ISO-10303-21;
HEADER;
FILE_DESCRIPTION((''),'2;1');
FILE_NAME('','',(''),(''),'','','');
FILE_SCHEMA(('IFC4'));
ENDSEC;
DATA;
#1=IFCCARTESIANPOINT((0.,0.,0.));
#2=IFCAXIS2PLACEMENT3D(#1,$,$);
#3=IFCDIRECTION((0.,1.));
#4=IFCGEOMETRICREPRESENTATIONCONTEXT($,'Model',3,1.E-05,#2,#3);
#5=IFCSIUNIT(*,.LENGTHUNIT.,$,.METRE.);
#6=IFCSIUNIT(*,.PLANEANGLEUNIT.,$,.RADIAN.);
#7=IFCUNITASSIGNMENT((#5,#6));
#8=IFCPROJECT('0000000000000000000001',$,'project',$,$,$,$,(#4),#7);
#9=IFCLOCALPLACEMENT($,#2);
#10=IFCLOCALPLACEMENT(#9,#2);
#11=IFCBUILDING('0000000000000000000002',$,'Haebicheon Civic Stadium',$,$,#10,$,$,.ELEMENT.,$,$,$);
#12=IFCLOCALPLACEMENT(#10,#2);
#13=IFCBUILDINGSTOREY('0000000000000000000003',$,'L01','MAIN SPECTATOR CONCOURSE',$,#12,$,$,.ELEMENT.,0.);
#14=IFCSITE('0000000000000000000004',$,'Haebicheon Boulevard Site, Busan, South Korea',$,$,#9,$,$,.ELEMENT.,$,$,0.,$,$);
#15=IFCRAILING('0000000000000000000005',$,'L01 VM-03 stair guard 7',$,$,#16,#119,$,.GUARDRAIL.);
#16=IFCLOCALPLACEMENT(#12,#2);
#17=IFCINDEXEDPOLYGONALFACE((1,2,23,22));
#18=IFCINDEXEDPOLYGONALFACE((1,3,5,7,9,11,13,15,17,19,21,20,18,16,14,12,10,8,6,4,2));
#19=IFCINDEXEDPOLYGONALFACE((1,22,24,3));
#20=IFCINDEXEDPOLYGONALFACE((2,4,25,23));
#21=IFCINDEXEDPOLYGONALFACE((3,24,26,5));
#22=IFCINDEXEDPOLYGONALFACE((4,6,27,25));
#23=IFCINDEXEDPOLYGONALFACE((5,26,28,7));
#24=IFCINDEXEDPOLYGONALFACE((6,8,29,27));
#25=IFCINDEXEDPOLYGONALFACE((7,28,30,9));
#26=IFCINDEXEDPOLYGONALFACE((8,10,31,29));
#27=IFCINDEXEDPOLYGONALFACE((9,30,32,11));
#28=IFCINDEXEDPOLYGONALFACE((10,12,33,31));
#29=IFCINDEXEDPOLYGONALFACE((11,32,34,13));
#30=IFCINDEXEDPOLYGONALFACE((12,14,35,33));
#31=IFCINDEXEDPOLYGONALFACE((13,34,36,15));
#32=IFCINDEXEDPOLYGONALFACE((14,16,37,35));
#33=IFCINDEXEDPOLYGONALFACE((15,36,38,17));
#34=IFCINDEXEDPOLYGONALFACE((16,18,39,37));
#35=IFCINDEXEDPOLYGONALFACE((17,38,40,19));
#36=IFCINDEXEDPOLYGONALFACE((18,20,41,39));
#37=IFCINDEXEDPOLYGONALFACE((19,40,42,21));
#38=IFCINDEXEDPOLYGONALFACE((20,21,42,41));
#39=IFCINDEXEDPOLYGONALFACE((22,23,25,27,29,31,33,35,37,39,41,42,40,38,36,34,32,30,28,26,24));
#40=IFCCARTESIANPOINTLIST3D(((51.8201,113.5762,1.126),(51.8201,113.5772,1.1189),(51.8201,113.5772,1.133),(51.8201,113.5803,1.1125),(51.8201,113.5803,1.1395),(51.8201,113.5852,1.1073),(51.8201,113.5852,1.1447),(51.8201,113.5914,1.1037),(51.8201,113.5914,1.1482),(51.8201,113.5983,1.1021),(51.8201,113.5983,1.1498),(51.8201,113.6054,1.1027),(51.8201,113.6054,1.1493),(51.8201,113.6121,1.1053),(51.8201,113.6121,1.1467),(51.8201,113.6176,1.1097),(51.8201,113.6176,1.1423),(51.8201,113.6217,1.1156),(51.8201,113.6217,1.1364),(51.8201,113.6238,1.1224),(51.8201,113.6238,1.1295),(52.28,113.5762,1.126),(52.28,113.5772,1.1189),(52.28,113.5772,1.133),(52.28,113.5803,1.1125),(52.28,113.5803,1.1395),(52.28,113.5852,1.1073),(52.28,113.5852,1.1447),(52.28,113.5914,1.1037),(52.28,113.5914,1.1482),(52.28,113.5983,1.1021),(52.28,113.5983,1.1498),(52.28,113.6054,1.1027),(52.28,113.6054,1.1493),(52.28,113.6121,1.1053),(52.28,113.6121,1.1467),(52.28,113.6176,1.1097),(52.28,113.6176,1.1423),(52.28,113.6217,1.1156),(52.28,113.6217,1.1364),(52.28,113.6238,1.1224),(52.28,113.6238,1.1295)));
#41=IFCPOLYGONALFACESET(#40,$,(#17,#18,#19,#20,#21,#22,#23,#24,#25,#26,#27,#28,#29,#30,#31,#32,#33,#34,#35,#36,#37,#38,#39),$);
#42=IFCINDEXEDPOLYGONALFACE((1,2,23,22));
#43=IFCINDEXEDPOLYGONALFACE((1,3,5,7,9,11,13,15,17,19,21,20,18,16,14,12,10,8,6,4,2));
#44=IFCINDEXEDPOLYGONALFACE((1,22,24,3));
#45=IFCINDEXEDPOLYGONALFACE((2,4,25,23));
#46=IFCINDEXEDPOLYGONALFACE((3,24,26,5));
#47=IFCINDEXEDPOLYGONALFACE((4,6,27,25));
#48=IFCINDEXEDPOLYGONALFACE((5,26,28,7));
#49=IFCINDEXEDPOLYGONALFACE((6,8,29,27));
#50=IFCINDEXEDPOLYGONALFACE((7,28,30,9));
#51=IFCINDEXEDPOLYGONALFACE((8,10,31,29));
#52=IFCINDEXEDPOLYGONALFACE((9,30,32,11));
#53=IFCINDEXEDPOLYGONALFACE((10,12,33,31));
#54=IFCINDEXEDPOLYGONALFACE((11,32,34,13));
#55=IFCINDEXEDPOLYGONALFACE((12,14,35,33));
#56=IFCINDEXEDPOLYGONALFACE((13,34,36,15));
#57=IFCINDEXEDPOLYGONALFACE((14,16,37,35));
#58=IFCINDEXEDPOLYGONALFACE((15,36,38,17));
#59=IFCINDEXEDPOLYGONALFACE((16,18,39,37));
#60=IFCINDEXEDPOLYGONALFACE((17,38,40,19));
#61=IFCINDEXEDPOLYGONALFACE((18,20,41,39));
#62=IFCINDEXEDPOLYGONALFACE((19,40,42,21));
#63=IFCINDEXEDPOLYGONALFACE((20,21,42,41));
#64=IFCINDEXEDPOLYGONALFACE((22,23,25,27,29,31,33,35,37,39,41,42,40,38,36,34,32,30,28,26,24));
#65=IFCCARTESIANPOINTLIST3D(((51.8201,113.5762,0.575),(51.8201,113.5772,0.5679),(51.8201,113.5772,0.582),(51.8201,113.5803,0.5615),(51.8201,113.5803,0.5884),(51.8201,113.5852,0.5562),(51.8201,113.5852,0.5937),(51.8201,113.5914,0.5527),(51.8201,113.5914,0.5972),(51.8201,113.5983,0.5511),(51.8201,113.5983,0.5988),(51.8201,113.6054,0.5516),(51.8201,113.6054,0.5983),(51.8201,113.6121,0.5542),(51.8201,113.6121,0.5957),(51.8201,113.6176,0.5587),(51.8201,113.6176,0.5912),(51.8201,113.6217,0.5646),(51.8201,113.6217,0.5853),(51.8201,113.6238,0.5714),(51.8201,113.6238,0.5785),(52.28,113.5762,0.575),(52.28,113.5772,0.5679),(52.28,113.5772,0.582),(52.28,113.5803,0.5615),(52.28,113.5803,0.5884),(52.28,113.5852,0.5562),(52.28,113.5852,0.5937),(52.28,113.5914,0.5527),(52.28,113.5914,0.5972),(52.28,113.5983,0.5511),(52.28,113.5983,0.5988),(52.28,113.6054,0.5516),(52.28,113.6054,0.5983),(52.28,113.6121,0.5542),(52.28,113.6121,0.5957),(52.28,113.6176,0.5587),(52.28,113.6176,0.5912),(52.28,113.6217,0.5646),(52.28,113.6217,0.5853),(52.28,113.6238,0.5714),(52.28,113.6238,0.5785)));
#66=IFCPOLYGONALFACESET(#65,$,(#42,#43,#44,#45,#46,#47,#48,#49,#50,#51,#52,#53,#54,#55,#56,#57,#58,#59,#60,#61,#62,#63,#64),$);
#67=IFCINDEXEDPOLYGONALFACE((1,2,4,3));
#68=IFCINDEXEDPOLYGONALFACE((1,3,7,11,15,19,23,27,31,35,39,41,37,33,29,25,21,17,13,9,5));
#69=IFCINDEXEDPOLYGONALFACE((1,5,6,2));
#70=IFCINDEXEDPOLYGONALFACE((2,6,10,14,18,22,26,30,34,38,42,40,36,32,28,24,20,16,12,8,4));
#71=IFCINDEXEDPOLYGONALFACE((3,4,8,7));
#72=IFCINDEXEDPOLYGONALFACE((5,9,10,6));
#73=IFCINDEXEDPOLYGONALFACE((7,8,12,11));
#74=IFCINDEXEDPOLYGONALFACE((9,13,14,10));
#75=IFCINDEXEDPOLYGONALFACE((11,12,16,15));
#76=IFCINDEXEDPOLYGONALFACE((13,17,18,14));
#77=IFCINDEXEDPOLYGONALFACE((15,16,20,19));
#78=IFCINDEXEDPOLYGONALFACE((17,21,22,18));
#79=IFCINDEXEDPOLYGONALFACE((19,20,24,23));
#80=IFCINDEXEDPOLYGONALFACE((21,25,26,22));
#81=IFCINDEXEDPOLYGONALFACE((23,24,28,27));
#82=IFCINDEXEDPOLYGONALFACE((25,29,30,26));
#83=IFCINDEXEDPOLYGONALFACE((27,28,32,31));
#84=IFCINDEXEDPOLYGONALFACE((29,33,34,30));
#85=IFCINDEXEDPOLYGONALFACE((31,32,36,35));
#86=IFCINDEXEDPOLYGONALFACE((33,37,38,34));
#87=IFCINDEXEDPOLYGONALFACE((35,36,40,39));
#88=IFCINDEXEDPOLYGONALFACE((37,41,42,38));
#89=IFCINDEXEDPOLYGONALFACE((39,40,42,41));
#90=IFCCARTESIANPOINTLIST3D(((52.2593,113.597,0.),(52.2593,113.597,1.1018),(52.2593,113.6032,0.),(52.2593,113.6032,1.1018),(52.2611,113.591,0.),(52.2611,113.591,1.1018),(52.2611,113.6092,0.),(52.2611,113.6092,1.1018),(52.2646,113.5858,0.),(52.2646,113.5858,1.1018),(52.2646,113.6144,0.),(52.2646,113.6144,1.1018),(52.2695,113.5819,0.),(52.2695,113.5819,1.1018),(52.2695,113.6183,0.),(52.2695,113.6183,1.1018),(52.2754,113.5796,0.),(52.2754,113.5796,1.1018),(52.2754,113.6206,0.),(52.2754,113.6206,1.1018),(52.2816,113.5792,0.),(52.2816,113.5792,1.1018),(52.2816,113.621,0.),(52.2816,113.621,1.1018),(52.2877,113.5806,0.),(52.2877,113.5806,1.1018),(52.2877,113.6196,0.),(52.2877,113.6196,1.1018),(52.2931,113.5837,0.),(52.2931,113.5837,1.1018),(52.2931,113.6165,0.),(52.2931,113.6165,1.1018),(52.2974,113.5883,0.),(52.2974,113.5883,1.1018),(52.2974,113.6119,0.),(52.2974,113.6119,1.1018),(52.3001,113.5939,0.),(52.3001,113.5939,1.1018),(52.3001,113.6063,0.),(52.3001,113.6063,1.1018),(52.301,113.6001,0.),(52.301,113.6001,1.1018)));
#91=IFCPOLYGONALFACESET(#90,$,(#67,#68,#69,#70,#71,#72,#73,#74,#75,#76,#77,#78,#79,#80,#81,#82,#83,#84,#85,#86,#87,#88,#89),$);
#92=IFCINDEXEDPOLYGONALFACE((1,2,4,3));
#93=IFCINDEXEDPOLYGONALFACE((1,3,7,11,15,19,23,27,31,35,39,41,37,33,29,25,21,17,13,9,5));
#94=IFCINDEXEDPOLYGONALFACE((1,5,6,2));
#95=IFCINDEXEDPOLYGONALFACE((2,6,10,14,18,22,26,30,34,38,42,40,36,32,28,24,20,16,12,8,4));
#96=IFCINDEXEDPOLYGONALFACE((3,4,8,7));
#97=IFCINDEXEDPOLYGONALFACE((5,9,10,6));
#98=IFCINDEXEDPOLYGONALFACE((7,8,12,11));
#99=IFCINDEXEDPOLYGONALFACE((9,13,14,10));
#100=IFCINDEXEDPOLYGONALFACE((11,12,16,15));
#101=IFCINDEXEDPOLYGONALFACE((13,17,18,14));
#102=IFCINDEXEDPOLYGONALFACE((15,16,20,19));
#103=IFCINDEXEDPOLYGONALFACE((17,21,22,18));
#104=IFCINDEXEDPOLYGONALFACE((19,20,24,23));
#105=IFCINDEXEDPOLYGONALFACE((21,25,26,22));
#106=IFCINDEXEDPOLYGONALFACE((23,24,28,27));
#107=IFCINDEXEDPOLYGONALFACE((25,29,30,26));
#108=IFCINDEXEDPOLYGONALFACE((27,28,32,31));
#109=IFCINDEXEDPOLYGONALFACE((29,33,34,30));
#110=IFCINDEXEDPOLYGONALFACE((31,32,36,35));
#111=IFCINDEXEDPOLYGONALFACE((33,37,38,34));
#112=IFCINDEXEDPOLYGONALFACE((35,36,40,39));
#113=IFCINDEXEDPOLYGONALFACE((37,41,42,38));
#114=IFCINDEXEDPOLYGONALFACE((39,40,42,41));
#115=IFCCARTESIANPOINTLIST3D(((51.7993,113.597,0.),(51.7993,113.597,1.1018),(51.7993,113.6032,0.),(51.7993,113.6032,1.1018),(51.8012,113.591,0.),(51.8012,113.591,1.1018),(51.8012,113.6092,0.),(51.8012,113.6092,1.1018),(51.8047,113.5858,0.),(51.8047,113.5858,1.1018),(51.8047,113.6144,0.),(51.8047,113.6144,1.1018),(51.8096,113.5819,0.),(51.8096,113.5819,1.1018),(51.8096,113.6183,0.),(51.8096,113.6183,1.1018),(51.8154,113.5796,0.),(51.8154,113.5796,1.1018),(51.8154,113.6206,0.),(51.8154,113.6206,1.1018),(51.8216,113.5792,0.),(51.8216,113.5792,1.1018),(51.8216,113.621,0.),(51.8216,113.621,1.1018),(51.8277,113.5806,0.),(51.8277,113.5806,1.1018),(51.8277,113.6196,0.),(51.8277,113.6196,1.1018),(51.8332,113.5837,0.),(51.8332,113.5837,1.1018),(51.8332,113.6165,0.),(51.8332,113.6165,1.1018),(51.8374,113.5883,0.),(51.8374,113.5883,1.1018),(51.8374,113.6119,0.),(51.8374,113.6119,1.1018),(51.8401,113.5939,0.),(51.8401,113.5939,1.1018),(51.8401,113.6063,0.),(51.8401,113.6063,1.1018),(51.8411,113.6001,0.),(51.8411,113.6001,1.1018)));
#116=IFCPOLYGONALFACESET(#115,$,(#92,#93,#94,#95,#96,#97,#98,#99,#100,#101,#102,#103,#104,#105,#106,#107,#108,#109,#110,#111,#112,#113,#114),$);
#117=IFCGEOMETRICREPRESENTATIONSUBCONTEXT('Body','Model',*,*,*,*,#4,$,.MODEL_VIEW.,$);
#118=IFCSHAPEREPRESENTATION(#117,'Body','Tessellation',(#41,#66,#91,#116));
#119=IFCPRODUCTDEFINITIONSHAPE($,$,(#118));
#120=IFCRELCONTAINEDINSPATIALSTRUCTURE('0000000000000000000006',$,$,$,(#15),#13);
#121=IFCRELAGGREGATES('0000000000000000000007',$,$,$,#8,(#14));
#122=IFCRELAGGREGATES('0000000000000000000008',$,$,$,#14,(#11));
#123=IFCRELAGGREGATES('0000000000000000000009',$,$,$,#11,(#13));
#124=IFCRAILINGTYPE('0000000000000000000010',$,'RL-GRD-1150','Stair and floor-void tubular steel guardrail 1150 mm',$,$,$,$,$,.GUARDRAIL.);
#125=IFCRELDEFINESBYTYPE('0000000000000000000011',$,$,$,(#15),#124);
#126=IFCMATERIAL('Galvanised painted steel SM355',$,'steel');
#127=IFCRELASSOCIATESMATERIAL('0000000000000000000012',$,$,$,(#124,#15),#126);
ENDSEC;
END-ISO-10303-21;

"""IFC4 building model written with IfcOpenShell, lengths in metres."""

from ifc_helpers import new_model, si_unit, direction, frame, origin, origin_2d, place, context, subcontext, project, spatial, circle, extrude, material, type_object, element, save


model = new_model("IFC4")

# Units and contexts
model_context = context("Model", 3, precision=1e-05, world=origin(), true_north=direction((0.0, 1.0)))
body_context = subcontext(model_context, "Body", "Model", "MODEL_VIEW")
ifc_project = project(units=[si_unit("LENGTHUNIT", "METRE"), si_unit("PLANEANGLEUNIT", "RADIAN")], contexts=[model_context])

# Site, building, storey
site_placement = place(None, origin())
site = spatial("IfcSite", under=ifc_project, at=site_placement, Name="Haebicheon Boulevard Site, Busan, South Korea", CompositionType="ELEMENT", RefElevation=0.0)
building_placement = place(site_placement, origin())
building = spatial("IfcBuilding", under=site, at=building_placement, Name="Haebicheon Civic Stadium", CompositionType="ELEMENT")
storey_placement = place(building_placement, origin())
storey = spatial("IfcBuildingStorey", under=building, at=storey_placement, Name="L01", Description="MAIN SPECTATOR CONCOURSE", CompositionType="ELEMENT", Elevation=0.0)

# Railing
ifc_material_1 = material(Name="Galvanised painted steel SM355", Category="steel")
railing_type = type_object("IfcRailingType", Name="RL-GRD-1150", Description="Stair and floor-void tubular steel guardrail 1150 mm", PredefinedType="GUARDRAIL", material=ifc_material_1)
railing_1_placement = place(storey_placement, frame((52.28, 113.6001, 0.0)))
element("IfcRailing", 1, at=railing_1_placement, inside=storey, type_object=railing_type, material=ifc_material_1, Name="L01 VM-03 stair guard 7", PredefinedType="GUARDRAIL", context=body_context, shape_type="SweptSolid", body=[
    extrude(circle(Radius=0.0239, at=origin_2d()), frame((0.0, 0.0, 1.126), z_axis=(-1.0, 0.0, 0.0), x_axis=(0.0, -1.0, 0.0)), (0.0, 0.0, 1.0), 0.46),
    extrude(circle(Radius=0.0239, at=origin_2d()), frame((0.0, 0.0, 0.575), z_axis=(-1.0, 0.0, 0.0), x_axis=(0.0, -1.0, 0.0)), (0.0, 0.0, 1.0), 0.46),
    extrude(circle(Radius=0.021, at=origin_2d()), origin(), (0.0, 0.0, 1.0), 1.1018),
    extrude(circle(Radius=0.021, at=origin_2d()), frame((-0.46, 0.0, 0.0)), (0.0, 0.0, 1.0), 1.1018),
])

save(model, "model.ifc")
